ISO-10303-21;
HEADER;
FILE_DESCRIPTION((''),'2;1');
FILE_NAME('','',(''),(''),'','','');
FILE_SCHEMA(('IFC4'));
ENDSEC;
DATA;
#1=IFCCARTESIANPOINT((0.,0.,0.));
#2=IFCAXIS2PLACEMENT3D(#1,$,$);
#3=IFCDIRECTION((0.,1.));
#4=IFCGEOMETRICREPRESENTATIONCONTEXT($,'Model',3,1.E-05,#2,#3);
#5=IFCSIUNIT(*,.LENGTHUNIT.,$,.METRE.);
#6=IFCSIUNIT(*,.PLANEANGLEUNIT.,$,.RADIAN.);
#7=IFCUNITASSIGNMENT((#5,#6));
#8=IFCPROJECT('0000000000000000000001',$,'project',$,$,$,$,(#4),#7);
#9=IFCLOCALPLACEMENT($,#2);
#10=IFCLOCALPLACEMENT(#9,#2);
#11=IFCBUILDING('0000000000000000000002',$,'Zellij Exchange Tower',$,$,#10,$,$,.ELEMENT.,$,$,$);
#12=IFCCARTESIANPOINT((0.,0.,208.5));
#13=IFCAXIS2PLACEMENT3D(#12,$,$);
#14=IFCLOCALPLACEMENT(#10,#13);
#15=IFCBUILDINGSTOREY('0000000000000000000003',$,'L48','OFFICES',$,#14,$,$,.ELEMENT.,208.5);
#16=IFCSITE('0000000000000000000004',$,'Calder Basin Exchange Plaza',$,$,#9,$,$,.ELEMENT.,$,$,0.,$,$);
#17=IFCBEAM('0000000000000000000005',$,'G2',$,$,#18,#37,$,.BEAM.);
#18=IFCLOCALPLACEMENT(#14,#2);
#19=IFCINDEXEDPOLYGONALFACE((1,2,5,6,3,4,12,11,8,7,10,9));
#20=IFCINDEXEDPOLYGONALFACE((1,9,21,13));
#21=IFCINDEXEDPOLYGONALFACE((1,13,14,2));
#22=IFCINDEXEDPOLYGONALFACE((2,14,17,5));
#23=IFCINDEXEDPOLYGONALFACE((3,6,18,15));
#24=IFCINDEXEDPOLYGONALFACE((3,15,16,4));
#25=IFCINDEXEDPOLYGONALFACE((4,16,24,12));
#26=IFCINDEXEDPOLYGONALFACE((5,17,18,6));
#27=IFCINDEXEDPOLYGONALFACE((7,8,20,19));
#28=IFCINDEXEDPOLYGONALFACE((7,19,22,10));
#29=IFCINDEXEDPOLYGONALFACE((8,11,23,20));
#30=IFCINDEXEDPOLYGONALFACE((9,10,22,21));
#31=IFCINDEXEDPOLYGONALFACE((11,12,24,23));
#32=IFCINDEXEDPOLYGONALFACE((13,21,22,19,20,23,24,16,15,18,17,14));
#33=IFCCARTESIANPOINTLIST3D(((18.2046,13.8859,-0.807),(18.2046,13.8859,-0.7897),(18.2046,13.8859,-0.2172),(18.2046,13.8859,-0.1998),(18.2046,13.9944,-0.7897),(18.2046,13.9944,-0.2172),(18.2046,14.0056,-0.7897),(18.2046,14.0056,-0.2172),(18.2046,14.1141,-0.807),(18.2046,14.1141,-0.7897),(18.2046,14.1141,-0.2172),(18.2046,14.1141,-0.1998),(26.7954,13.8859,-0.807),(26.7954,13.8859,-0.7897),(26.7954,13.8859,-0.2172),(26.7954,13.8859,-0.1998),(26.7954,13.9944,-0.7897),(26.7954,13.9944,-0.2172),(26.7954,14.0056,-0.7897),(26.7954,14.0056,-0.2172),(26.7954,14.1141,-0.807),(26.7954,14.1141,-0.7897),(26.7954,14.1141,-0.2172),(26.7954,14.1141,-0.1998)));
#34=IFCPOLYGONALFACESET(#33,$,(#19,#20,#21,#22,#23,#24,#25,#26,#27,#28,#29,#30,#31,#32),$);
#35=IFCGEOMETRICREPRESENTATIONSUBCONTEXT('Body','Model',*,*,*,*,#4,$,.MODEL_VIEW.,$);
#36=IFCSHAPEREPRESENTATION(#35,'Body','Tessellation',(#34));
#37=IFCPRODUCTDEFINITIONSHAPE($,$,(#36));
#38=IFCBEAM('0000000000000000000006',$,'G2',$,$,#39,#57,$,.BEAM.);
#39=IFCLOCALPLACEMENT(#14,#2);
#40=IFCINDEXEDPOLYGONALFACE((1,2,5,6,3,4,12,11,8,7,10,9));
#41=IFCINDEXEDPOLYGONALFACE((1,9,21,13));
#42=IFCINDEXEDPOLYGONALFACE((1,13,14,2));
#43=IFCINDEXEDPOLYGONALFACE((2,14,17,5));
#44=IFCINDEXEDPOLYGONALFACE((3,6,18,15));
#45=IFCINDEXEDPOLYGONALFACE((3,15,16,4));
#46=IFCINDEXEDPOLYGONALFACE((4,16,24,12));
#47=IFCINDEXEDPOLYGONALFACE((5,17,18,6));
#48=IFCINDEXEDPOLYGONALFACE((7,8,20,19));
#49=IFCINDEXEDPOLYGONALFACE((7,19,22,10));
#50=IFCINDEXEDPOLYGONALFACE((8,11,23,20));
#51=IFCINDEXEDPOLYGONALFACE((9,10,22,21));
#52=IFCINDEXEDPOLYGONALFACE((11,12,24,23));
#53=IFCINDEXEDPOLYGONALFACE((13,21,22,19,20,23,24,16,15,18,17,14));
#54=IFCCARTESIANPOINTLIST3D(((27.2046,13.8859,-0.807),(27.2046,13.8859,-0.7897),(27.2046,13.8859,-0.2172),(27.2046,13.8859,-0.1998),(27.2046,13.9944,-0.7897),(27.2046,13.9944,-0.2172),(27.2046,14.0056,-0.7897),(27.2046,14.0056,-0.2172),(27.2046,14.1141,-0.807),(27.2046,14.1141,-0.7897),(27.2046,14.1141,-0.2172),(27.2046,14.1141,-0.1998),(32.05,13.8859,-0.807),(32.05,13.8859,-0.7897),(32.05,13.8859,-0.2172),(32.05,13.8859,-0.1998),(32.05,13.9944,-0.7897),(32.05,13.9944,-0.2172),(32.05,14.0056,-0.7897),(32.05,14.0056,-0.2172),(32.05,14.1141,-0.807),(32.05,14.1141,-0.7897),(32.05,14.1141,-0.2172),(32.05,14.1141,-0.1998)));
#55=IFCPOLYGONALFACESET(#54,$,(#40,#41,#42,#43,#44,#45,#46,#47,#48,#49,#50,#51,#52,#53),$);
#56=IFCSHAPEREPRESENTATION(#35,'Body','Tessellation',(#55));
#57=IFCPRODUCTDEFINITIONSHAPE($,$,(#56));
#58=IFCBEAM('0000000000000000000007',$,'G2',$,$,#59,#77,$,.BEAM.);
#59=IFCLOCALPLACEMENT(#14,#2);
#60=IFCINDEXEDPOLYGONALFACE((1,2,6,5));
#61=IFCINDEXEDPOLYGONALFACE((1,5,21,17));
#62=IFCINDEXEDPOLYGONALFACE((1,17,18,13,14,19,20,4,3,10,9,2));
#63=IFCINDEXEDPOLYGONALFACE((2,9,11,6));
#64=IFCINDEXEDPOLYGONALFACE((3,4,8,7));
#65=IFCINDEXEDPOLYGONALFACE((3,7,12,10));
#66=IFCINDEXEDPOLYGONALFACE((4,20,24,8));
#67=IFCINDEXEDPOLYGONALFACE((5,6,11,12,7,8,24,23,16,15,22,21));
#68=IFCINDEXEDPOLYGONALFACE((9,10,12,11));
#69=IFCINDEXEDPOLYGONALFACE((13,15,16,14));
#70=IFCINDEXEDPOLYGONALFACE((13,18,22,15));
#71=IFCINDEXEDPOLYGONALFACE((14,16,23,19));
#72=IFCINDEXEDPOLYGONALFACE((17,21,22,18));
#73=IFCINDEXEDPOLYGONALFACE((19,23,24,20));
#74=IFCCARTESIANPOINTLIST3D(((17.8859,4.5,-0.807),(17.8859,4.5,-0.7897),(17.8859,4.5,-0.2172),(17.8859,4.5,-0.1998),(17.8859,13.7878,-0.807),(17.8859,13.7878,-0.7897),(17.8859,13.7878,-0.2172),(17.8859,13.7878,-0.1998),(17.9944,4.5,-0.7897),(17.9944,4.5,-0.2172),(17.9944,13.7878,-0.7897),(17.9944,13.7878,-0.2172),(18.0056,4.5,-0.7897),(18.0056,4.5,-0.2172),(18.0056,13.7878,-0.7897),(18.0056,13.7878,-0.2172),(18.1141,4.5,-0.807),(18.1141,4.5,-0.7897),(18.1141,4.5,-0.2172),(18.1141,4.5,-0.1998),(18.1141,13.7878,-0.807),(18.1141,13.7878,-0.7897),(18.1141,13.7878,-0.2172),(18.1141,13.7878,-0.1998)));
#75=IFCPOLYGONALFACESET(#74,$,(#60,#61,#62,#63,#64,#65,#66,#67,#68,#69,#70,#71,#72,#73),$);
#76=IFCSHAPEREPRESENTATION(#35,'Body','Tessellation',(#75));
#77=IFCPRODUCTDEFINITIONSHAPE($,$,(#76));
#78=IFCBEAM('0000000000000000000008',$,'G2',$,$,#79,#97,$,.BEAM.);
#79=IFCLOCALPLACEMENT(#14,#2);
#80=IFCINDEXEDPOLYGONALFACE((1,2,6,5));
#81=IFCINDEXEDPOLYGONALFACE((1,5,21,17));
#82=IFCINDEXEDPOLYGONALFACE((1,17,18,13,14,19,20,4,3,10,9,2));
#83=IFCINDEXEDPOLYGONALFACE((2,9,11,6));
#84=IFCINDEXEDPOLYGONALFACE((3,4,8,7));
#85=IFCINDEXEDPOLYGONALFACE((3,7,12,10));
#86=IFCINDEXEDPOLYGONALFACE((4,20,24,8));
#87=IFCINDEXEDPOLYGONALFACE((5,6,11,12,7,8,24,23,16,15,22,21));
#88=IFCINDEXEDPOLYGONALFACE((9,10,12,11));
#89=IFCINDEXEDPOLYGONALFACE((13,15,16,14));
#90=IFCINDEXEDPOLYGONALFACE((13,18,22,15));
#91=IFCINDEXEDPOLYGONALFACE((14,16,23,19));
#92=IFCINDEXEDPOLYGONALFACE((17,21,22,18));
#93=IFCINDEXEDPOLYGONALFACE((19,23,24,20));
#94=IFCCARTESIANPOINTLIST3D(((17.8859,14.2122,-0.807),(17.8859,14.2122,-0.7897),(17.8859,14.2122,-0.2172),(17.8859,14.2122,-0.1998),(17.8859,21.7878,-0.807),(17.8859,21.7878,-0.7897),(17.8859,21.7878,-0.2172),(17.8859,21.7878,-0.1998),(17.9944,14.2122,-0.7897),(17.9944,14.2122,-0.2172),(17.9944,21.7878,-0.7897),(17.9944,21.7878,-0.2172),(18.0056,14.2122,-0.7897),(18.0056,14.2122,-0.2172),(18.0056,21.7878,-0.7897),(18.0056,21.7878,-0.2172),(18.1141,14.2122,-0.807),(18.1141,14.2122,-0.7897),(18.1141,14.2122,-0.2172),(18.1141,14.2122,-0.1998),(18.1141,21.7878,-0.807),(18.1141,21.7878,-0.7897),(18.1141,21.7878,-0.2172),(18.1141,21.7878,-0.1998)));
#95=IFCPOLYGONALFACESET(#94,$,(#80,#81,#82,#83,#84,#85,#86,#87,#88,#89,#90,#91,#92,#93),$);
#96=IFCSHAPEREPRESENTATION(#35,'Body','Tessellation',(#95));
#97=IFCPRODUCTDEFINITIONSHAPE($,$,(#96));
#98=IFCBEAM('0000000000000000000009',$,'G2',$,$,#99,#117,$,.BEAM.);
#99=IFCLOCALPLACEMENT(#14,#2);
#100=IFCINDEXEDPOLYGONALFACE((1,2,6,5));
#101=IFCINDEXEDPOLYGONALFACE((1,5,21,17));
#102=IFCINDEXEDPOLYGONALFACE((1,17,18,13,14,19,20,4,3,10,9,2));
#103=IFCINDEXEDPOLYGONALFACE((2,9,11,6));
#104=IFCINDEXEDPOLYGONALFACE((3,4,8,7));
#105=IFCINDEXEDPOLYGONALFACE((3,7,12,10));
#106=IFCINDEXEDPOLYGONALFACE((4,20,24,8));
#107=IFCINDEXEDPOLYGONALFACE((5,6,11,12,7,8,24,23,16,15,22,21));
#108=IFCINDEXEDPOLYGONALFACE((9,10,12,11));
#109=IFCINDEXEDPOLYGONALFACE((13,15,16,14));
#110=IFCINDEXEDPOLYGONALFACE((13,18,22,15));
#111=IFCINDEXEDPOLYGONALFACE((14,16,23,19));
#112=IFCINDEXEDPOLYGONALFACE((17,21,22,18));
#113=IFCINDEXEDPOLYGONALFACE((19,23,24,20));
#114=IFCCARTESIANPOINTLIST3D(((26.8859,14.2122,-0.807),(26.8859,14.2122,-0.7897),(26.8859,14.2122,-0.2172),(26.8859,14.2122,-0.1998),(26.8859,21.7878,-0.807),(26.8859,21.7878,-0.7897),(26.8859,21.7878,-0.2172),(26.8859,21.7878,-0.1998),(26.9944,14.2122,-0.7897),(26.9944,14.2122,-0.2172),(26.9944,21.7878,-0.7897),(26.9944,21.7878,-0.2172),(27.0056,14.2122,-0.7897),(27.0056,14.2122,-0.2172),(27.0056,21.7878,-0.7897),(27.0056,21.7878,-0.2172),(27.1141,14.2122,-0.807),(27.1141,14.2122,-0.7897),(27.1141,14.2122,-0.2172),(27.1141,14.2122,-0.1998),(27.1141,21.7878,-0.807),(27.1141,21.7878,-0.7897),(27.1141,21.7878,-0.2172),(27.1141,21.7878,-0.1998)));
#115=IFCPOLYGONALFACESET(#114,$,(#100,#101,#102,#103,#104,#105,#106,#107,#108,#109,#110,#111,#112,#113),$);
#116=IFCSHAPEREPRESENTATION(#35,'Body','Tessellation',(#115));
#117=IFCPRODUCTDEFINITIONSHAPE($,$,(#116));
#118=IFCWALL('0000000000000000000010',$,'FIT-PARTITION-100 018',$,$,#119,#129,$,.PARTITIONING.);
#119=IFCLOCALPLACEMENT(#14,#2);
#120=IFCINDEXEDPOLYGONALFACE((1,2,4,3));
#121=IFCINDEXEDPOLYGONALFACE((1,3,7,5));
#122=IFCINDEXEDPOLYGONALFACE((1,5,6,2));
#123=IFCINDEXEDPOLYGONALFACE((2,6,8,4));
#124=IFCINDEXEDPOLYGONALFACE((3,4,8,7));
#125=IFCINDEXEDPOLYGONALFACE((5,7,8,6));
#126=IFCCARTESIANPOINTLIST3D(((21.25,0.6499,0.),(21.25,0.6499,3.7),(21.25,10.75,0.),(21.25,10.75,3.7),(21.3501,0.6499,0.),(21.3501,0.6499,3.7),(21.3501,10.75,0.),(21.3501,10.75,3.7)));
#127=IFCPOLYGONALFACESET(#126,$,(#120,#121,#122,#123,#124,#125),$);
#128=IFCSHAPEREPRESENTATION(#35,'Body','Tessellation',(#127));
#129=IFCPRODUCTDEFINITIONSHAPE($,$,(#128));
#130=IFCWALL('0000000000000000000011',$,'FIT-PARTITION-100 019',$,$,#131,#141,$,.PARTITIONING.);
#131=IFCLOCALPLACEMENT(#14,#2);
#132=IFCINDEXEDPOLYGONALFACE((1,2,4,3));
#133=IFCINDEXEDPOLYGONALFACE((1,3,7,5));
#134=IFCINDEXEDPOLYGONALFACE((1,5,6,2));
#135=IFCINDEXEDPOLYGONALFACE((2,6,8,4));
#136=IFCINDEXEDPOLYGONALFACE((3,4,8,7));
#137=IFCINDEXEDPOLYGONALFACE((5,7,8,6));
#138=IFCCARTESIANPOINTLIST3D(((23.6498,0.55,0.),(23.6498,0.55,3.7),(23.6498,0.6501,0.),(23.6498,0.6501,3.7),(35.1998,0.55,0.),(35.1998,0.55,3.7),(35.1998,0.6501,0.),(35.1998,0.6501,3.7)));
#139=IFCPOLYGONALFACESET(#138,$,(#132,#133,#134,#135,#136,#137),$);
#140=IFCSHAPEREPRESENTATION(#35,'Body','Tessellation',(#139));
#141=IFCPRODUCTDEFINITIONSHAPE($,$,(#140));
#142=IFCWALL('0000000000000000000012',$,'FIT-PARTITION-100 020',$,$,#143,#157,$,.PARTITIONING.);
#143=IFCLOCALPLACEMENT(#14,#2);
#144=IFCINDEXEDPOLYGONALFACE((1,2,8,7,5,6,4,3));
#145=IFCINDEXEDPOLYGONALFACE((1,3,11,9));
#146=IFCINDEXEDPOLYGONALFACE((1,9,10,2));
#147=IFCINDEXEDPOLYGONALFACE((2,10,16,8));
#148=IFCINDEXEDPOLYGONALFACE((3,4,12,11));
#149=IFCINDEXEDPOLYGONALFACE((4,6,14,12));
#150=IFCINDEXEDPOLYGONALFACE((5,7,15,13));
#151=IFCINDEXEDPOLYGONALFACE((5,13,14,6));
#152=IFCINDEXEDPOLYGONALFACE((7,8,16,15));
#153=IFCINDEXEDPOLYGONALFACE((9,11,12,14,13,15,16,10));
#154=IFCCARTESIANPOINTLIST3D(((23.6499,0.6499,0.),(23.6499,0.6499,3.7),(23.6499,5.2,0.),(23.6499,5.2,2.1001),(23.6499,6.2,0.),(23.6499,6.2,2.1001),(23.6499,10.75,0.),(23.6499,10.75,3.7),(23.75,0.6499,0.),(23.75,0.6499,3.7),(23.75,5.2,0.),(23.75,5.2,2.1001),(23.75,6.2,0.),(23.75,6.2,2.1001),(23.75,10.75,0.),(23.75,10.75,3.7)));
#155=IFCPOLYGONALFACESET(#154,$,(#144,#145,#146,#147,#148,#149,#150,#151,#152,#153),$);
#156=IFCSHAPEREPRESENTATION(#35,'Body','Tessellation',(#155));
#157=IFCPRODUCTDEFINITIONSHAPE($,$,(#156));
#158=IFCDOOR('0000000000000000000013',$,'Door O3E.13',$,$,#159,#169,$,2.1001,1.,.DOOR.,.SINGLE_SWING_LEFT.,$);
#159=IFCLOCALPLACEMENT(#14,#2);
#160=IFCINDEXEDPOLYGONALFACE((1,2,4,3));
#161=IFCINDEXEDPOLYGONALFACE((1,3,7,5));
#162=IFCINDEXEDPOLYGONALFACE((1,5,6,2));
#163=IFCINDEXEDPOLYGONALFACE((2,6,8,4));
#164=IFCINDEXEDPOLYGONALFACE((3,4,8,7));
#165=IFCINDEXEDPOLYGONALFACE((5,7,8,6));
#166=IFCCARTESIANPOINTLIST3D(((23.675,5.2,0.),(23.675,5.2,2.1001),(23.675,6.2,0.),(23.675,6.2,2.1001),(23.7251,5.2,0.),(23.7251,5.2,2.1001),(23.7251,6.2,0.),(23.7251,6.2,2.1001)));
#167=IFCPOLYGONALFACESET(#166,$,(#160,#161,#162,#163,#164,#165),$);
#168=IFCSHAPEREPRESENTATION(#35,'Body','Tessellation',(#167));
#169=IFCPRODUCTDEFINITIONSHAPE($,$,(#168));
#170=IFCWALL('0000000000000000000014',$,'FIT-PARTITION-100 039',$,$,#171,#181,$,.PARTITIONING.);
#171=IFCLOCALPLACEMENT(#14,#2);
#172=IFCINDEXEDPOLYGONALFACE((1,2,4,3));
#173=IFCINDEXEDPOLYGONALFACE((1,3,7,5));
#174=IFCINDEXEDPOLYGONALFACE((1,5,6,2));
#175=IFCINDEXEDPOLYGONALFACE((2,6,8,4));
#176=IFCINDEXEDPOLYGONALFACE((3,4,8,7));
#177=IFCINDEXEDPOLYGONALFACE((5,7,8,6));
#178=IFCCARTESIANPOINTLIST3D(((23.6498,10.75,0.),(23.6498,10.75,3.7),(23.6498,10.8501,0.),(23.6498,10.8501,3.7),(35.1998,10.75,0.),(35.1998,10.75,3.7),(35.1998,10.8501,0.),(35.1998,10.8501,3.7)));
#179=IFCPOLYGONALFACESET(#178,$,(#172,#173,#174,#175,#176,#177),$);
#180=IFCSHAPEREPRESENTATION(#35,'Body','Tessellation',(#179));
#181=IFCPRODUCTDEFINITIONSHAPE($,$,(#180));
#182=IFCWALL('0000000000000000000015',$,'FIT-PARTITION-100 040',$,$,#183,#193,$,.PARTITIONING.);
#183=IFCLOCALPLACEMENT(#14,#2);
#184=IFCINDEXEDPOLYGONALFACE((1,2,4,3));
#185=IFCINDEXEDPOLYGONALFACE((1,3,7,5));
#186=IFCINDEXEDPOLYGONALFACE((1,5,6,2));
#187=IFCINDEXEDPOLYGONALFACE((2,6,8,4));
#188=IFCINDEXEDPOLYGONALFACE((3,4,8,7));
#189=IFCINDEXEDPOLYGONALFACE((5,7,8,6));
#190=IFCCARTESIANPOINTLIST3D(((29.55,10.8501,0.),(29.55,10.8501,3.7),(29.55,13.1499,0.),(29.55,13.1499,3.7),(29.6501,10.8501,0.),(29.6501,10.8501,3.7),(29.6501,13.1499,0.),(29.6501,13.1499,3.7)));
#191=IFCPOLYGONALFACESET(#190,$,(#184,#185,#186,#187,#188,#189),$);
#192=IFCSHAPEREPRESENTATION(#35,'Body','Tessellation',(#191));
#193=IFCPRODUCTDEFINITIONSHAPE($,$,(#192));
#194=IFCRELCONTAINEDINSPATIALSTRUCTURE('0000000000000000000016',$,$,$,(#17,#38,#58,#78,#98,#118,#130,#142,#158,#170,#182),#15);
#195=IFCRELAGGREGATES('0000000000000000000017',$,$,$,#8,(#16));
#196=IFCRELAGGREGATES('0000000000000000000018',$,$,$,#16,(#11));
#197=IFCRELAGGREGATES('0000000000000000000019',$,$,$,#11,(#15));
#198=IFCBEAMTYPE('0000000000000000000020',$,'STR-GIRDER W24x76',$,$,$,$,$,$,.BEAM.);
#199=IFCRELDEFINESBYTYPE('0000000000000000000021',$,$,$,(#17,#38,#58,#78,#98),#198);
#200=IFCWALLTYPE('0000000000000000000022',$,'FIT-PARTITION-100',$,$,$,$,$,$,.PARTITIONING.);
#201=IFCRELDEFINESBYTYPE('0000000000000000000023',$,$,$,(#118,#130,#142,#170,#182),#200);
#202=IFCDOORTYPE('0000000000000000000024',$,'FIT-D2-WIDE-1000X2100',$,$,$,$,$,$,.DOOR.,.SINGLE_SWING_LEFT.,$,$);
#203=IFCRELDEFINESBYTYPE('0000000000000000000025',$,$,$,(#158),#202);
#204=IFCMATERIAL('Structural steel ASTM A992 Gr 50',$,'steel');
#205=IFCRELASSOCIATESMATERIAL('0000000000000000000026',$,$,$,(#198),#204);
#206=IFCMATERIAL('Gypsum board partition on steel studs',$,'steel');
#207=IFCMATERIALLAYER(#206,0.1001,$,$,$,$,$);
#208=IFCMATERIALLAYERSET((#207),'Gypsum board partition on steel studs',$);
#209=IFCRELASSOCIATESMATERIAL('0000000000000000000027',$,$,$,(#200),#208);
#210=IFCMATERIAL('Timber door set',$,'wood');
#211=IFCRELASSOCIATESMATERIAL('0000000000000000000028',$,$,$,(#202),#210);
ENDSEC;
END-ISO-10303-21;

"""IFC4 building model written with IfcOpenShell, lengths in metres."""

from ifc_helpers import new_model, si_unit, direction, frame, frame_2d, origin, origin_2d, place, context, subcontext, project, spatial, rectangle, i_section, extrude, material, layer, layer_set, material_profile, profile_set, type_object, element, fill, save


model = new_model("IFC4")

# Units and contexts
model_context = context("Model", 3, precision=1e-05, world=origin(), true_north=direction((0.0, 1.0)))
body_context = subcontext(model_context, "Body", "Model", "MODEL_VIEW")
ifc_project = project(units=[si_unit("LENGTHUNIT", "METRE"), si_unit("PLANEANGLEUNIT", "RADIAN")], contexts=[model_context])

# Site, building, storey
site_placement = place(None, origin())
site = spatial("IfcSite", under=ifc_project, at=site_placement, Name="Calder Basin Exchange Plaza", CompositionType="ELEMENT", RefElevation=0.0)
building_placement = place(site_placement, origin())
building = spatial("IfcBuilding", under=site, at=building_placement, Name="Zellij Exchange Tower", CompositionType="ELEMENT")
storey_placement = place(building_placement, frame((0.0, 0.0, 208.5)))
storey = spatial("IfcBuildingStorey", under=building, at=storey_placement, Name="L48", Description="OFFICES", CompositionType="ELEMENT", Elevation=208.5)

# Beams
ifc_material_1 = material(Name="Structural steel ASTM A992 Gr 50", Category="steel")
ifc_material_profile_1 = material_profile(ifc_material_1, i_section(OverallWidth=0.2283, OverallDepth=0.6072, WebThickness=0.0112, FlangeThickness=0.0173, at=origin_2d()), Name="W24x76")
ifc_profile_set_1 = profile_set([ifc_material_profile_1], Name="Structural steel ASTM A992 Gr 50")
beam_type_1 = type_object("IfcBeamType", Name="STR-GIRDER W24x76", PredefinedType="BEAM", material=ifc_profile_set_1)
beam_1_placement = place(storey_placement, frame((18.2046, 14.0, -0.5034), z_axis=(1.0, 0.0, 0.0), x_axis=(0.0, 1.0, 0.0)))
element("IfcBeam", 1, at=beam_1_placement, inside=storey, type_object=beam_type_1, Name="G2", PredefinedType="BEAM", context=body_context, shape_type="SweptSolid", body=[
    extrude(i_section(OverallWidth=0.2283, OverallDepth=0.6072, WebThickness=0.0112, FlangeThickness=0.0173, at=origin_2d()), origin(), (0.0, 0.0, 1.0), 8.5908),
])
beam_2_placement = place(storey_placement, frame((27.2046, 14.0, -0.5034), z_axis=(1.0, 0.0, 0.0), x_axis=(0.0, 1.0, 0.0)))
element("IfcBeam", 2, at=beam_2_placement, inside=storey, type_object=beam_type_1, Name="G2", PredefinedType="BEAM", context=body_context, shape_type="SweptSolid", body=[
    extrude(i_section(OverallWidth=0.2283, OverallDepth=0.6072, WebThickness=0.0112, FlangeThickness=0.0173, at=origin_2d()), origin(), (0.0, 0.0, 1.0), 4.8455),
])
beam_3_placement = place(storey_placement, frame((18.0, 4.5, -0.5034), z_axis=(0.0, 1.0, 0.0), x_axis=(-1.0, 0.0, 0.0)))
element("IfcBeam", 3, at=beam_3_placement, inside=storey, type_object=beam_type_1, Name="G2", PredefinedType="BEAM", context=body_context, shape_type="SweptSolid", body=[
    extrude(i_section(OverallWidth=0.2283, OverallDepth=0.6072, WebThickness=0.0112, FlangeThickness=0.0173, at=origin_2d()), origin(), (0.0, 0.0, 1.0), 9.2878),
])
for number, where, z_axis, x_axis, name in (
    (4, (18.0, 14.2122, -0.5034), (0.0, 1.0, 0.0), (-1.0, 0.0, 0.0), "G2"),
    (5, (27.0, 14.2122, -0.5034), (0.0, 1.0, 0.0), (-1.0, 0.0, 0.0), "G2"),
):
    element("IfcBeam", number, at=place(storey_placement, frame(where, z_axis=z_axis, x_axis=x_axis)), inside=storey, type_object=beam_type_1, Name=name, PredefinedType="BEAM", context=body_context, shape_type="SweptSolid", body=[
        extrude(i_section(OverallWidth=0.2283, OverallDepth=0.6072, WebThickness=0.0112, FlangeThickness=0.0173, at=origin_2d()), origin(), (0.0, 0.0, 1.0), 7.5757),
    ])

# Walls
ifc_material_2 = material(Name="Gypsum board partition on steel studs", Category="steel")
ifc_layer = layer(ifc_material_2, 0.1001)
ifc_layer_set = layer_set([ifc_layer], Name="Gypsum board partition on steel studs")
wall_type = type_object("IfcWallType", Name="FIT-PARTITION-100", PredefinedType="PARTITIONING", material=ifc_layer_set)
wall_1_placement = place(storey_placement, frame((21.3, 0.6499, 0.0), z_axis=(0.0, 0.0, 1.0), x_axis=(0.0, 1.0, 0.0)))
element("IfcWall", 6, at=wall_1_placement, inside=storey, type_object=wall_type, Name="FIT-PARTITION-100 018", PredefinedType="PARTITIONING", context=body_context, shape_type="SweptSolid", body=[
    extrude(rectangle(XDim=10.1001, YDim=0.1001, at=frame_2d((5.05, 0.0))), origin(), (0.0, 0.0, 1.0), 3.7),
])
wall_2_placement = place(storey_placement, frame((23.6499, 0.6001, 0.0), z_axis=(0.0, 0.0, 1.0), x_axis=(1.0, 0.0, 0.0)))
element("IfcWall", 7, at=wall_2_placement, inside=storey, type_object=wall_type, Name="FIT-PARTITION-100 019", PredefinedType="PARTITIONING", context=body_context, shape_type="SweptSolid", body=[
    extrude(rectangle(XDim=11.55, YDim=0.1001, at=frame_2d((5.7749, 0.0))), origin(), (0.0, 0.0, 1.0), 3.7),
])

# Wall, opening, door
wall_3_placement = place(storey_placement, frame((23.7, 0.6499, 0.0), z_axis=(0.0, 0.0, 1.0), x_axis=(0.0, 1.0, 0.0)))
wall_3 = element("IfcWall", 8, at=wall_3_placement, inside=storey, type_object=wall_type, Name="FIT-PARTITION-100 020", PredefinedType="PARTITIONING", context=body_context, shape_type="SweptSolid", body=[
    extrude(rectangle(XDim=10.1001, YDim=0.1001, at=frame_2d((5.05, 0.0))), origin(), (0.0, 0.0, 1.0), 3.7),
])
opening_placement = place(wall_3_placement, frame((4.55, 0.0, 0.0)))
opening = element("IfcOpeningElement", 9, at=opening_placement, cuts=wall_3, PredefinedType="OPENING", context=body_context, shape_type="SweptSolid", body=[
    extrude(rectangle(XDim=1.0, YDim=2.1001, at=frame_2d((0.5, 1.05))), frame((0.0, 0.062, 0.0), z_axis=(0.0, -1.0, 0.0), x_axis=(1.0, 0.0, 0.0)), (0.0, 0.0, 1.0), 0.124),
])
ifc_material_3 = material(Name="Timber door set", Category="wood")
door_type = type_object("IfcDoorType", Name="FIT-D2-WIDE-1000X2100", OperationType="SINGLE_SWING_LEFT", PredefinedType="DOOR", material=ifc_material_3)
door_placement = place(opening_placement, origin())
door = element("IfcDoor", 10, at=door_placement, inside=storey, type_object=door_type, Name="Door O3E.13", OperationType="SINGLE_SWING_LEFT", OverallHeight=2.1001, OverallWidth=1.0, PredefinedType="DOOR", context=body_context, shape_type="SweptSolid", body=[
    extrude(rectangle(XDim=1.0, YDim=2.1001, at=frame_2d((0.5, 1.05))), frame((0.0, 0.0249, 0.0), z_axis=(0.0, -1.0, 0.0), x_axis=(1.0, 0.0, 0.0)), (0.0, 0.0, 1.0), 0.05),
])
fill(opening, door)

# Walls
wall_4_placement = place(storey_placement, frame((23.6499, 10.8, 0.0), z_axis=(0.0, 0.0, 1.0), x_axis=(1.0, 0.0, 0.0)))
element("IfcWall", 11, at=wall_4_placement, inside=storey, type_object=wall_type, Name="FIT-PARTITION-100 039", PredefinedType="PARTITIONING", context=body_context, shape_type="SweptSolid", body=[
    extrude(rectangle(XDim=11.55, YDim=0.1001, at=frame_2d((5.7749, 0.0))), origin(), (0.0, 0.0, 1.0), 3.7),
])
wall_5_placement = place(storey_placement, frame((29.6001, 10.8501, 0.0), z_axis=(0.0, 0.0, 1.0), x_axis=(0.0, 1.0, 0.0)))
element("IfcWall", 12, at=wall_5_placement, inside=storey, type_object=wall_type, Name="FIT-PARTITION-100 040", PredefinedType="PARTITIONING", context=body_context, shape_type="SweptSolid", body=[
    extrude(rectangle(XDim=2.2998, YDim=0.1001, at=frame_2d((1.1499, 0.0))), origin(), (0.0, 0.0, 1.0), 3.7),
])

save(model, "model.ifc")
